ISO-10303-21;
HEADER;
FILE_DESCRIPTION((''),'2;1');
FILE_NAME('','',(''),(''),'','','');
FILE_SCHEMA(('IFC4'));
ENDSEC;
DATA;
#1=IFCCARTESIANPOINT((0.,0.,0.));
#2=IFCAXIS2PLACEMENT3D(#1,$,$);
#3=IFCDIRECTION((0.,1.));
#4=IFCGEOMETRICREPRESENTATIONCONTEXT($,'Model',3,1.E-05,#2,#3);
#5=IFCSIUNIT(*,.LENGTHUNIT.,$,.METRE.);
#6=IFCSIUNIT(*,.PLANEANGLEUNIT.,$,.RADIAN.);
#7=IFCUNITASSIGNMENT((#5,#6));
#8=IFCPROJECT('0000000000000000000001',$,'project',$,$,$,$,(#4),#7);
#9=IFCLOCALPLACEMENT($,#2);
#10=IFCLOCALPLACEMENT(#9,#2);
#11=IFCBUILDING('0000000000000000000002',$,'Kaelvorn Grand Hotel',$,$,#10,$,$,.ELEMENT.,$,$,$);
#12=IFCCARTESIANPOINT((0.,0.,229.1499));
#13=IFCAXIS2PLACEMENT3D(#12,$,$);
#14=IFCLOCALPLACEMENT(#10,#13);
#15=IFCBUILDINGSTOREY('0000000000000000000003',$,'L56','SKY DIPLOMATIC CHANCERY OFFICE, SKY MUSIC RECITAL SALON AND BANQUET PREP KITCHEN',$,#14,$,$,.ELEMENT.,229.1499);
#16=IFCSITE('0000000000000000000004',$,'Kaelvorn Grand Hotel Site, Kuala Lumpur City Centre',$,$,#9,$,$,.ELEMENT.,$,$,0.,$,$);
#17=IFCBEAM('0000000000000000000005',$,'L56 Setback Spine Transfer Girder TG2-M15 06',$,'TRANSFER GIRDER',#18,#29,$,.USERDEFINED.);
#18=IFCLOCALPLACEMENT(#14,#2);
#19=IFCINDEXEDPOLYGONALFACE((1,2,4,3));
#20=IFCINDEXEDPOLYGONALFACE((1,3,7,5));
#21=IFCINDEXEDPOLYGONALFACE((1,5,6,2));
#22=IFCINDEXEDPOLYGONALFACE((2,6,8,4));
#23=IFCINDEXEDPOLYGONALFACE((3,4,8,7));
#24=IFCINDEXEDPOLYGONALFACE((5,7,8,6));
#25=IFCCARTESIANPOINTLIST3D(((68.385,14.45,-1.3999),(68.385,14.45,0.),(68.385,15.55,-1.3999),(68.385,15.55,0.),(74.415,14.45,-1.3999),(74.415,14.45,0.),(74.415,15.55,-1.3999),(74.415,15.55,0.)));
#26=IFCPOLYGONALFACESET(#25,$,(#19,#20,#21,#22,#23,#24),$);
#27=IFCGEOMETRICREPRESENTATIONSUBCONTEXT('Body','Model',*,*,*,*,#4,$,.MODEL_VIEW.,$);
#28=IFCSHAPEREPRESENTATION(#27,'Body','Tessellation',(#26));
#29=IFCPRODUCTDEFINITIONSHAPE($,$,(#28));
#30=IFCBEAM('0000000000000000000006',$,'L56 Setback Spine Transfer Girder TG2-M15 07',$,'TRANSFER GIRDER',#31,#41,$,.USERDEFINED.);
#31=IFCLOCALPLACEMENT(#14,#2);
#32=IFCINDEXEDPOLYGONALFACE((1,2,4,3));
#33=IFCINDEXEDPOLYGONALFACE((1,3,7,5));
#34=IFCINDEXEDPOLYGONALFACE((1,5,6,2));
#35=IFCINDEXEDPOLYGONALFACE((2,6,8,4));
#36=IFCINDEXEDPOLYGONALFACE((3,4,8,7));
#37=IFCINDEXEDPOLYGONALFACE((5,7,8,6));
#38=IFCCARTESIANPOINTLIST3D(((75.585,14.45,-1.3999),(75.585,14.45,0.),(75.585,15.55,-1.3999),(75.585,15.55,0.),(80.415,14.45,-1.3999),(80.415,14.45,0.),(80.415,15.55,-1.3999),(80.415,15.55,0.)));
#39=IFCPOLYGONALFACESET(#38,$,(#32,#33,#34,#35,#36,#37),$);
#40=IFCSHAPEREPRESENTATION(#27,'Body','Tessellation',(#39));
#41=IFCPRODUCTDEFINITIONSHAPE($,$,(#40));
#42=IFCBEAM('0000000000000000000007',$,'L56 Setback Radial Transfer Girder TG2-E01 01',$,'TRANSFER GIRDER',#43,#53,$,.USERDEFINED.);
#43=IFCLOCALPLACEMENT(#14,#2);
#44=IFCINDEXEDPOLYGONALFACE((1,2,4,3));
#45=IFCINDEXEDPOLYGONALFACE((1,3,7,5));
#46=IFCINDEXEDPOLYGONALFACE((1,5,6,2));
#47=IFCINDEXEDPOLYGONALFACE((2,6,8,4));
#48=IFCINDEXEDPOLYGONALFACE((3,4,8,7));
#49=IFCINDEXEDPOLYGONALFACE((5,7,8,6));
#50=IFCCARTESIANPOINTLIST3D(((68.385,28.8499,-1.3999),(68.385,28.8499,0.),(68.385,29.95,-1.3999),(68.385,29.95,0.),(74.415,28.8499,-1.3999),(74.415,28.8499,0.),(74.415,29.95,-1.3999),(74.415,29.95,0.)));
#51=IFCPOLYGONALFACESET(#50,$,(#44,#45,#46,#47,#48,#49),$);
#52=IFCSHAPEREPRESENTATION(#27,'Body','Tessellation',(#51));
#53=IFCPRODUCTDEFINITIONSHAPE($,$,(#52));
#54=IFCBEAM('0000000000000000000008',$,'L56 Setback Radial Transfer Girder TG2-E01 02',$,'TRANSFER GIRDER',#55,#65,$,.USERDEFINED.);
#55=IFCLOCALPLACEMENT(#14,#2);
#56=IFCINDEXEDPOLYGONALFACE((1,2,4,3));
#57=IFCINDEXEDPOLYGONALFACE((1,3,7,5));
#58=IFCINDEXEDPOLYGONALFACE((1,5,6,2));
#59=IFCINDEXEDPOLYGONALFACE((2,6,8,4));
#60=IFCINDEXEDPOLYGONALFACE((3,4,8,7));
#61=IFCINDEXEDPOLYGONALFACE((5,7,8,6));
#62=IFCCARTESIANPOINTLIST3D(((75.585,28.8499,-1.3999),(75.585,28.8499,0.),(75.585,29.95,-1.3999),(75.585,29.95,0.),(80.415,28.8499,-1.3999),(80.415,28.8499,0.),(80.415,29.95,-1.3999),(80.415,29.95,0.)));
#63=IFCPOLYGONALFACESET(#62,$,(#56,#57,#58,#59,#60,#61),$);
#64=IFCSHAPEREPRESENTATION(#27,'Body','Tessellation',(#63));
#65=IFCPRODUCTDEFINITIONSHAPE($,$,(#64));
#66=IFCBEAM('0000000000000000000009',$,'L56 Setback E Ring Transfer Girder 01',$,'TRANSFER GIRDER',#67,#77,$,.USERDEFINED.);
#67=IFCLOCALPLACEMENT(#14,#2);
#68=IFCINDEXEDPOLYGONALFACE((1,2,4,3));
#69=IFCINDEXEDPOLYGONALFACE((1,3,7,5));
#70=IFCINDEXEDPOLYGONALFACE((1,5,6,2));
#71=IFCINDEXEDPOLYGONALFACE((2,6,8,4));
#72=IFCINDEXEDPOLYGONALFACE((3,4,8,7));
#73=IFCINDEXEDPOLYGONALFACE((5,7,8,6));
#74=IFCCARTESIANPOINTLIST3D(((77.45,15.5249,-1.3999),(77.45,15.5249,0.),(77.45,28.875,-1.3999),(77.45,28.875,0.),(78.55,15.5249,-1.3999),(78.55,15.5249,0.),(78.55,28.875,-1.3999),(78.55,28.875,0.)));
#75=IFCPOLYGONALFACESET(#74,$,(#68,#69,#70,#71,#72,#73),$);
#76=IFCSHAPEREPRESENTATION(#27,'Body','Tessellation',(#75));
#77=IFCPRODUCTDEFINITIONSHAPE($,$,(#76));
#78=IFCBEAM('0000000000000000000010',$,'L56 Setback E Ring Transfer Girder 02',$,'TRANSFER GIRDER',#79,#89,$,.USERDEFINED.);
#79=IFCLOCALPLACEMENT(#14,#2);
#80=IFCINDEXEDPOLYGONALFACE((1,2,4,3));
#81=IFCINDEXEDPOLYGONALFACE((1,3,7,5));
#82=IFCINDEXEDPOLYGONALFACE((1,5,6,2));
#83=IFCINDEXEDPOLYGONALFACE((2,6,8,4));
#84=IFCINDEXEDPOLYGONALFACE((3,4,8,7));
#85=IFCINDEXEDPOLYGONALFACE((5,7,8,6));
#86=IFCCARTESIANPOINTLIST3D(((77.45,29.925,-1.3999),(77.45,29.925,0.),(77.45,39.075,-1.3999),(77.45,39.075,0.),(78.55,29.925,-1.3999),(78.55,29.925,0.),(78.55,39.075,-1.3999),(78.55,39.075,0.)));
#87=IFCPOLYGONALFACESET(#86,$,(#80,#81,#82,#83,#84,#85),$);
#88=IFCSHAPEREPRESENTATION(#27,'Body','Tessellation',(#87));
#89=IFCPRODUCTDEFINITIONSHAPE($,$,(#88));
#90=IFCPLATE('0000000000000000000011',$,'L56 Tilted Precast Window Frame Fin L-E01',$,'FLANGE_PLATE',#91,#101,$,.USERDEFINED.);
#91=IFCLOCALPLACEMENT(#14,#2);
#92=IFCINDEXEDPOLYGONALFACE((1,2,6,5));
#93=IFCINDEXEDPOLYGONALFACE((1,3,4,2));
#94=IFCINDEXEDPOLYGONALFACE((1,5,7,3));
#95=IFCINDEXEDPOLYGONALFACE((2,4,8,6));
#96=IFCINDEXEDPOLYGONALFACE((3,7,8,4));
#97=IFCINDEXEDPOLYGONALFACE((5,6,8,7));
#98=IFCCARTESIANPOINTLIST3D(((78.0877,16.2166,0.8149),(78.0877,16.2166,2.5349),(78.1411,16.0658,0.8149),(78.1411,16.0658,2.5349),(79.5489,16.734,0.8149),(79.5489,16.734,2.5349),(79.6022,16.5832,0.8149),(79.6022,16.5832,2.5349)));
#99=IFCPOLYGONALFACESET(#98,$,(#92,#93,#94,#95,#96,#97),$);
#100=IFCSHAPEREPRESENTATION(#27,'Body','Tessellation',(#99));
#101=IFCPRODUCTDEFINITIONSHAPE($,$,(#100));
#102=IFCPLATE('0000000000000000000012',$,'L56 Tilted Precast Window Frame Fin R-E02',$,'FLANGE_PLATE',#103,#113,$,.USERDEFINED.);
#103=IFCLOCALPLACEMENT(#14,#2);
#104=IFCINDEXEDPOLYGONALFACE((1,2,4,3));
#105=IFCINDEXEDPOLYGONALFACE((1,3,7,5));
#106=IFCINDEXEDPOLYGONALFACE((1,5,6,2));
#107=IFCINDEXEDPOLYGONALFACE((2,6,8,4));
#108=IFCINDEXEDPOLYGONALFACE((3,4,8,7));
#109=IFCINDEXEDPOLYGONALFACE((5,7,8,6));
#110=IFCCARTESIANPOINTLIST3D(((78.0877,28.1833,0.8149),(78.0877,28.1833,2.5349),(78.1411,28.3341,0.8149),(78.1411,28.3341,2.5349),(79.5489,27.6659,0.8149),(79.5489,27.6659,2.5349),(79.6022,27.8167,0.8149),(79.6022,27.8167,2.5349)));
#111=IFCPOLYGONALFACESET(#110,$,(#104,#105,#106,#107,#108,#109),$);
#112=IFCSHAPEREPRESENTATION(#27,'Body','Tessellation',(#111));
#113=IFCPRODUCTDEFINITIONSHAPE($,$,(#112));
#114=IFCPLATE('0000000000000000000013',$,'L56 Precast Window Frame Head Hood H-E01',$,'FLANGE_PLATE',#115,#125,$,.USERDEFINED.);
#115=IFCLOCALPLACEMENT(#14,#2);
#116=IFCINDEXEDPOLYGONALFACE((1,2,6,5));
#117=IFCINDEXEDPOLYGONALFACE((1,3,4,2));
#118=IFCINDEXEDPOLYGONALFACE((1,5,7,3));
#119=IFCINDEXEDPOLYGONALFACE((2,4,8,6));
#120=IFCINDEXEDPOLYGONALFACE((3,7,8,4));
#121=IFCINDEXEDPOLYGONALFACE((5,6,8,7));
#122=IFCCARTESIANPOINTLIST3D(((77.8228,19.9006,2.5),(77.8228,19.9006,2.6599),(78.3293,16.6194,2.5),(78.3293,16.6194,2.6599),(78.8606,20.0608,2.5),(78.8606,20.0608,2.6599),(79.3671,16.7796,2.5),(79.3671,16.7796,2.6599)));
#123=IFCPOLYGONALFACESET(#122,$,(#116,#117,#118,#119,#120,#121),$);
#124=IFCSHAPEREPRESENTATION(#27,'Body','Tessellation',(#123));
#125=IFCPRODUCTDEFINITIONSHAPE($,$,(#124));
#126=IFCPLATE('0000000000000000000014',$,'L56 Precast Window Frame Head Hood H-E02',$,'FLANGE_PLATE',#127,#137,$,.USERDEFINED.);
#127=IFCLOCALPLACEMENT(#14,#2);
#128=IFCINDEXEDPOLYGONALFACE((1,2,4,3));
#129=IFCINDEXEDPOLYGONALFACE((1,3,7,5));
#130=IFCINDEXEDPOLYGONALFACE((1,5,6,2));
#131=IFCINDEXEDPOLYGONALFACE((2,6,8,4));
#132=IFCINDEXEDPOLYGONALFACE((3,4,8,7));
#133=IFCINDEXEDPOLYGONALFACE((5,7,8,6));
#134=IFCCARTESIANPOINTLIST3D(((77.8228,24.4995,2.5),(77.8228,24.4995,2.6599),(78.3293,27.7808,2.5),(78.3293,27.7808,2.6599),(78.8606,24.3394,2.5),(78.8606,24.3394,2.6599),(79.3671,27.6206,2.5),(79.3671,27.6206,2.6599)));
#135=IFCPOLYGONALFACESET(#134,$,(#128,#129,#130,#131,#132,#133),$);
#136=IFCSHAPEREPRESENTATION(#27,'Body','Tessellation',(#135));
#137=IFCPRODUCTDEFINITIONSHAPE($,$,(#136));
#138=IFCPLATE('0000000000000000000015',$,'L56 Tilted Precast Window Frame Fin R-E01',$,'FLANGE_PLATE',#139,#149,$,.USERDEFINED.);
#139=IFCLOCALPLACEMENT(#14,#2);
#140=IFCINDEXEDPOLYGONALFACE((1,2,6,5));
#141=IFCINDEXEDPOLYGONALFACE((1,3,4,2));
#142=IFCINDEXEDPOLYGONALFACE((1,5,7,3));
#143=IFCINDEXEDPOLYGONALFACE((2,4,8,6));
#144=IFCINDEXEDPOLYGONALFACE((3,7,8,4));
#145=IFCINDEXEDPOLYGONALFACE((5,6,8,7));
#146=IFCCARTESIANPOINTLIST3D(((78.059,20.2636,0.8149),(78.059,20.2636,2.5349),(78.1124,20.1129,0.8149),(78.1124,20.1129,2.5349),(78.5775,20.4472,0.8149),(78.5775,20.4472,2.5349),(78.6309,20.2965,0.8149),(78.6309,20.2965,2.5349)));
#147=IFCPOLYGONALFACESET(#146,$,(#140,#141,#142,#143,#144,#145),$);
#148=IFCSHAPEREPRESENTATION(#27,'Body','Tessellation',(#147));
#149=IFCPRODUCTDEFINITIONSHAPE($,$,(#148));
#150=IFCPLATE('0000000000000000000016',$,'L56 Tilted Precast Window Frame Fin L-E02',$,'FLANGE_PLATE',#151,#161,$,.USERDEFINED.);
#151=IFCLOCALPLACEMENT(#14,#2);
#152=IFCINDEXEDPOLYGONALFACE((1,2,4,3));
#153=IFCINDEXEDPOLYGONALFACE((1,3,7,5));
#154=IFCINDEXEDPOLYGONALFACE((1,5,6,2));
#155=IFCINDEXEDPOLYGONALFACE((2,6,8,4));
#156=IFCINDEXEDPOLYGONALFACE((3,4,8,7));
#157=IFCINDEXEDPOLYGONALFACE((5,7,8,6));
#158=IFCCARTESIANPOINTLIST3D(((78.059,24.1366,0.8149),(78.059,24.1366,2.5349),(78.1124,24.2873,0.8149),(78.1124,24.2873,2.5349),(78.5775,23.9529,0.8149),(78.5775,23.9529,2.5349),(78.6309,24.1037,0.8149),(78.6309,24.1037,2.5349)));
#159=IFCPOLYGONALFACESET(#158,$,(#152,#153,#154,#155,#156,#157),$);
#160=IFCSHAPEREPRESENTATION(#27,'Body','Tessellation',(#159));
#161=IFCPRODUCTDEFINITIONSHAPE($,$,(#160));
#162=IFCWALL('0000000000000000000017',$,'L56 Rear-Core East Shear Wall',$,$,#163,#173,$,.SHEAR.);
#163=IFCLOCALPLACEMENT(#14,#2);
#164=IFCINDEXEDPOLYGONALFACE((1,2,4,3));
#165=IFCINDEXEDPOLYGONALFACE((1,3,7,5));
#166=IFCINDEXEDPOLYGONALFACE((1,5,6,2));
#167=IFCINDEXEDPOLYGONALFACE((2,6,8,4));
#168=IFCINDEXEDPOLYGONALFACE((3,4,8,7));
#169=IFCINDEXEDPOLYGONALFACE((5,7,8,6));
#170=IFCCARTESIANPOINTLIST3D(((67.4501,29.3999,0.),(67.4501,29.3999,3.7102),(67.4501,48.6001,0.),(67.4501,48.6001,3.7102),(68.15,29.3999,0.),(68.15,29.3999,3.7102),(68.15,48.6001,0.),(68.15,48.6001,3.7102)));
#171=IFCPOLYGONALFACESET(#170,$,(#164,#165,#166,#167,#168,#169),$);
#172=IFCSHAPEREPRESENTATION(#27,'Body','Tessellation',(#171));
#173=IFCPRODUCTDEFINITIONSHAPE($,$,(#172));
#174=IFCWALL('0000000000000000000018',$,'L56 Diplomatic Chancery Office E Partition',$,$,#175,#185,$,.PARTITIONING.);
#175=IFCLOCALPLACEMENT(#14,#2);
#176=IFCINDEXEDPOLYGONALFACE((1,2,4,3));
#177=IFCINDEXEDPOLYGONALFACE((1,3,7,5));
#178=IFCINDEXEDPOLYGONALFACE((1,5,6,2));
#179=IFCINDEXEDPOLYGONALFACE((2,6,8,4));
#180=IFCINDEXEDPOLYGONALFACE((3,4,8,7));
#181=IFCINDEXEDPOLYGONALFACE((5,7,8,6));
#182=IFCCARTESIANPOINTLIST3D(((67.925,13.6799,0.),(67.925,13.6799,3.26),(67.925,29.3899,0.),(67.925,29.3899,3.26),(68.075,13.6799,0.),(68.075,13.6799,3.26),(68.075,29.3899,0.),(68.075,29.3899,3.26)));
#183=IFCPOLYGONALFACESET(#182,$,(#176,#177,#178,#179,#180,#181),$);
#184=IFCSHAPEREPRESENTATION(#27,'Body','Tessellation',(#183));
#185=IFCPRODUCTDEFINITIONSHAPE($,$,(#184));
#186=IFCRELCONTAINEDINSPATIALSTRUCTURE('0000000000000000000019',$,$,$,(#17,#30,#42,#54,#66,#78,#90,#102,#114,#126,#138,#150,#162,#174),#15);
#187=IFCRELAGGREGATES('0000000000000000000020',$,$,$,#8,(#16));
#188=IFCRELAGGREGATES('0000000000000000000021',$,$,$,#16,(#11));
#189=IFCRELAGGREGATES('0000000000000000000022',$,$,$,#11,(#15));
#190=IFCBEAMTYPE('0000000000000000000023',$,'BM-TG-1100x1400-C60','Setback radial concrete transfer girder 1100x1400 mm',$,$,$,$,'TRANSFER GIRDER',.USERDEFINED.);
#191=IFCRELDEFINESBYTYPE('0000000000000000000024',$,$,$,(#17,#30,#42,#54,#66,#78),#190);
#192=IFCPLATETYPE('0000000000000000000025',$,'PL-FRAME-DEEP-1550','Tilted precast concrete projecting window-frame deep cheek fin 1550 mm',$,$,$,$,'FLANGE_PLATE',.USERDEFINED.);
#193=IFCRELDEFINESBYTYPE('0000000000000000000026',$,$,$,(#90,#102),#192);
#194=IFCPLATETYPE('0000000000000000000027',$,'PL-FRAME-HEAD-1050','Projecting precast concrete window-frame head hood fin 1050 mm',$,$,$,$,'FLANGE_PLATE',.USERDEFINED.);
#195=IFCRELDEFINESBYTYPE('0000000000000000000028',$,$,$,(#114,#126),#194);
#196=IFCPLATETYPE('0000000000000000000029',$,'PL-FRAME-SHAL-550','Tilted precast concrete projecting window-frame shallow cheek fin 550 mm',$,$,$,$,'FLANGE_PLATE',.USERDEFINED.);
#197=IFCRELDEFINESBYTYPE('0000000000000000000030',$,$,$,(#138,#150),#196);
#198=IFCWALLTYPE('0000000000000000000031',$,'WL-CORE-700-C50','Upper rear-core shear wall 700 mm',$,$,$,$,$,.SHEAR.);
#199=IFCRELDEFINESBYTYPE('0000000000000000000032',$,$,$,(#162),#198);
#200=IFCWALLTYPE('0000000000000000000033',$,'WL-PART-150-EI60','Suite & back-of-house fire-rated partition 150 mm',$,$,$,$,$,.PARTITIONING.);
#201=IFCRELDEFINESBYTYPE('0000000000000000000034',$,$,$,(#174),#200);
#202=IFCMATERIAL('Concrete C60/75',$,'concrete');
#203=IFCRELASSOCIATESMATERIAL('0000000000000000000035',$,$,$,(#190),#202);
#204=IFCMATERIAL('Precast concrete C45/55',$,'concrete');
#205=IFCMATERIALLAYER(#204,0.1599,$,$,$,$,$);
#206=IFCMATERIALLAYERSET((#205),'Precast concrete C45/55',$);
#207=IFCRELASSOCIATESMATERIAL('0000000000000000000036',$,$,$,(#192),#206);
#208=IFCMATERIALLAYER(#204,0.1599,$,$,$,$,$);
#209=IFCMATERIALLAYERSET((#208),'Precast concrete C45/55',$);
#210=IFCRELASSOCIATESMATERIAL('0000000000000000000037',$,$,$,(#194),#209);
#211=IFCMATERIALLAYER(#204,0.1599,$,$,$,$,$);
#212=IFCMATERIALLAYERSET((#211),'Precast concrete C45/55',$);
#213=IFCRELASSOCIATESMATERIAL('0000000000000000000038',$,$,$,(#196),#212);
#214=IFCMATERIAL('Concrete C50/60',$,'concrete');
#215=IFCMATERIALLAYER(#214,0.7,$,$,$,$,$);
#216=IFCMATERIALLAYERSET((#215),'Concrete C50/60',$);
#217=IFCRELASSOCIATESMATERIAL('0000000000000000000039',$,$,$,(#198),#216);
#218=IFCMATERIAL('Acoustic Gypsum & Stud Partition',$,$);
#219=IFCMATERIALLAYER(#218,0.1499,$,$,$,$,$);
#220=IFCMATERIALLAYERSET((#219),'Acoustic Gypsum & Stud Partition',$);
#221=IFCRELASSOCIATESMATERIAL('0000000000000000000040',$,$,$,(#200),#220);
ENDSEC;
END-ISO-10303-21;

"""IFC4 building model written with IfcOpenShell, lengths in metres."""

from ifc_helpers import new_model, si_unit, direction, frame, frame_2d, origin, origin_2d, place, context, subcontext, project, spatial, rectangle, extrude, material, layer, layer_set, material_profile, profile_set, type_object, element, save


model = new_model("IFC4")

# Units and contexts
model_context = context("Model", 3, precision=1e-05, world=origin(), true_north=direction((0.0, 1.0)))
body_context = subcontext(model_context, "Body", "Model", "MODEL_VIEW")
ifc_project = project(units=[si_unit("LENGTHUNIT", "METRE"), si_unit("PLANEANGLEUNIT", "RADIAN")], contexts=[model_context])

# Site, building, storey
site_placement = place(None, origin())
site = spatial("IfcSite", under=ifc_project, at=site_placement, Name="Kaelvorn Grand Hotel Site, Kuala Lumpur City Centre", CompositionType="ELEMENT", RefElevation=0.0)
building_placement = place(site_placement, origin())
building = spatial("IfcBuilding", under=site, at=building_placement, Name="Kaelvorn Grand Hotel", CompositionType="ELEMENT")
storey_placement = place(building_placement, frame((0.0, 0.0, 229.1499)))
storey = spatial("IfcBuildingStorey", under=building, at=storey_placement, Name="L56", Description="SKY DIPLOMATIC CHANCERY OFFICE, SKY MUSIC RECITAL SALON AND BANQUET PREP KITCHEN", CompositionType="ELEMENT", Elevation=229.1499)

# Shared definitions
ifc_material_1 = material(Name="Concrete C50/60", Category="concrete")

# Beams
ifc_material_2 = material(Name="Concrete C60/75", Category="concrete")
ifc_material_profile_1 = material_profile(ifc_material_2, rectangle(XDim=1.1001, YDim=1.3999, at=origin_2d()), Name="RC TG 1100x1400")
ifc_profile_set_1 = profile_set([ifc_material_profile_1], Name="Concrete C60/75")
beam_type_1 = type_object("IfcBeamType", Name="BM-TG-1100x1400-C60", Description="Setback radial concrete transfer girder 1100x1400 mm", ElementType="TRANSFER GIRDER", PredefinedType="USERDEFINED", material=ifc_profile_set_1)
beam_1_placement = place(storey_placement, frame((68.385, 15.0, -0.7), z_axis=(1.0, 0.0, 0.0), x_axis=(0.0, 1.0, 0.0)))
element("IfcBeam", 1, at=beam_1_placement, inside=storey, type_object=beam_type_1, Name="L56 Setback Spine Transfer Girder TG2-M15 06", ObjectType="TRANSFER GIRDER", PredefinedType="USERDEFINED", context=body_context, shape_type="SweptSolid", body=[
    extrude(rectangle(XDim=1.1001, YDim=1.3999, at=origin_2d()), origin(), (0.0, 0.0, 1.0), 6.03),
])
beam_2_placement = place(storey_placement, frame((75.585, 15.0, -0.7), z_axis=(1.0, 0.0, 0.0), x_axis=(0.0, 1.0, 0.0)))
element("IfcBeam", 2, at=beam_2_placement, inside=storey, type_object=beam_type_1, Name="L56 Setback Spine Transfer Girder TG2-M15 07", ObjectType="TRANSFER GIRDER", PredefinedType="USERDEFINED", context=body_context, shape_type="SweptSolid", body=[
    extrude(rectangle(XDim=1.1001, YDim=1.3999, at=origin_2d()), origin(), (0.0, 0.0, 1.0), 4.8301),
])
beam_3_placement = place(storey_placement, frame((68.385, 29.3999, -0.7), z_axis=(1.0, 0.0, 0.0), x_axis=(0.0, 1.0, 0.0)))
element("IfcBeam", 3, at=beam_3_placement, inside=storey, type_object=beam_type_1, Name="L56 Setback Radial Transfer Girder TG2-E01 01", ObjectType="TRANSFER GIRDER", PredefinedType="USERDEFINED", context=body_context, shape_type="SweptSolid", body=[
    extrude(rectangle(XDim=1.1001, YDim=1.3999, at=origin_2d()), origin(), (0.0, 0.0, 1.0), 6.03),
])
beam_4_placement = place(storey_placement, frame((75.585, 29.3999, -0.7), z_axis=(1.0, 0.0, 0.0), x_axis=(0.0, 1.0, 0.0)))
element("IfcBeam", 4, at=beam_4_placement, inside=storey, type_object=beam_type_1, Name="L56 Setback Radial Transfer Girder TG2-E01 02", ObjectType="TRANSFER GIRDER", PredefinedType="USERDEFINED", context=body_context, shape_type="SweptSolid", body=[
    extrude(rectangle(XDim=1.1001, YDim=1.3999, at=origin_2d()), origin(), (0.0, 0.0, 1.0), 4.8301),
])
beam_5_placement = place(storey_placement, frame((78.0, 15.5249, -0.7), z_axis=(0.0, 1.0, 0.0), x_axis=(-1.0, 0.0, 0.0)))
element("IfcBeam", 5, at=beam_5_placement, inside=storey, type_object=beam_type_1, Name="L56 Setback E Ring Transfer Girder 01", ObjectType="TRANSFER GIRDER", PredefinedType="USERDEFINED", context=body_context, shape_type="SweptSolid", body=[
    extrude(rectangle(XDim=1.1001, YDim=1.3999, at=origin_2d()), origin(), (0.0, 0.0, 1.0), 13.3501),
])
beam_6_placement = place(storey_placement, frame((78.0, 29.925, -0.7), z_axis=(0.0, 1.0, 0.0), x_axis=(-1.0, 0.0, 0.0)))
element("IfcBeam", 6, at=beam_6_placement, inside=storey, type_object=beam_type_1, Name="L56 Setback E Ring Transfer Girder 02", ObjectType="TRANSFER GIRDER", PredefinedType="USERDEFINED", context=body_context, shape_type="SweptSolid", body=[
    extrude(rectangle(XDim=1.1001, YDim=1.3999, at=origin_2d()), origin(), (0.0, 0.0, 1.0), 9.1499),
])

# Plates
ifc_material_3 = material(Name="Precast concrete C45/55", Category="concrete")
ifc_layer_1 = layer(ifc_material_3, 0.1599)
ifc_layer_set_1 = layer_set([ifc_layer_1], Name="Precast concrete C45/55")
plate_type_1 = type_object("IfcPlateType", Name="PL-FRAME-DEEP-1550", Description="Tilted precast concrete projecting window-frame deep cheek fin 1550 mm", ElementType="FLANGE_PLATE", PredefinedType="USERDEFINED", material=ifc_layer_set_1)
for number, where, z_axis, x_axis, name in (
    (7, (78.845, 16.3999, 0.8149), (0.0, 0.0, 1.0), (-0.333807, 0.942641, 0.0), "L56 Tilted Precast Window Frame Fin L-E01"),
    (8, (78.845, 28.0, 0.8149), (0.0, 0.0, 1.0), (0.333807, 0.942641, 0.0), "L56 Tilted Precast Window Frame Fin R-E02"),
):
    element("IfcPlate", number, at=place(storey_placement, frame(where, z_axis=z_axis, x_axis=x_axis)), inside=storey, type_object=plate_type_1, Name=name, ObjectType="FLANGE_PLATE", PredefinedType="USERDEFINED", context=body_context, shape_type="SweptSolid", body=[
        extrude(rectangle(XDim=0.1599, YDim=1.55, at=origin_2d()), origin(), (0.0, 0.0, 1.0), 1.72),
    ])
ifc_layer_2 = layer(ifc_material_3, 0.1599)
ifc_layer_set_2 = layer_set([ifc_layer_2], Name="Precast concrete C45/55")
plate_type_2 = type_object("IfcPlateType", Name="PL-FRAME-HEAD-1050", Description="Projecting precast concrete window-frame head hood fin 1050 mm", ElementType="FLANGE_PLATE", PredefinedType="USERDEFINED", material=ifc_layer_set_2)
for number, where, z_axis, x_axis, name in (
    (9, (78.595, 18.3401, 2.5), (0.0, 0.0, 1.0), (-0.152555, 0.988295, 0.0), "L56 Precast Window Frame Head Hood H-E01"),
    (10, (78.595, 26.0601, 2.5), (0.0, 0.0, 1.0), (0.152555, 0.988295, 0.0), "L56 Precast Window Frame Head Hood H-E02"),
):
    element("IfcPlate", number, at=place(storey_placement, frame(where, z_axis=z_axis, x_axis=x_axis)), inside=storey, type_object=plate_type_2, Name=name, ObjectType="FLANGE_PLATE", PredefinedType="USERDEFINED", context=body_context, shape_type="SweptSolid", body=[
        extrude(rectangle(XDim=3.3201, YDim=1.05, at=origin_2d()), origin(), (0.0, 0.0, 1.0), 0.1599),
    ])
ifc_layer_3 = layer(ifc_material_3, 0.1599)
ifc_layer_set_3 = layer_set([ifc_layer_3], Name="Precast concrete C45/55")
plate_type_3 = type_object("IfcPlateType", Name="PL-FRAME-SHAL-550", Description="Tilted precast concrete projecting window-frame shallow cheek fin 550 mm", ElementType="FLANGE_PLATE", PredefinedType="USERDEFINED", material=ifc_layer_set_3)
for number, where, z_axis, x_axis, name in (
    (11, (78.345, 20.28, 0.8149), (0.0, 0.0, 1.0), (-0.333807, 0.942641, 0.0), "L56 Tilted Precast Window Frame Fin R-E01"),
    (12, (78.345, 24.1201, 0.8149), (0.0, 0.0, 1.0), (0.333807, 0.942641, 0.0), "L56 Tilted Precast Window Frame Fin L-E02"),
):
    element("IfcPlate", number, at=place(storey_placement, frame(where, z_axis=z_axis, x_axis=x_axis)), inside=storey, type_object=plate_type_3, Name=name, ObjectType="FLANGE_PLATE", PredefinedType="USERDEFINED", context=body_context, shape_type="SweptSolid", body=[
        extrude(rectangle(XDim=0.1599, YDim=0.55, at=origin_2d()), origin(), (0.0, 0.0, 1.0), 1.72),
    ])

# Walls
ifc_layer_4 = layer(ifc_material_1, 0.7)
ifc_layer_set_4 = layer_set([ifc_layer_4], Name="Concrete C50/60")
wall_type_1 = type_object("IfcWallType", Name="WL-CORE-700-C50", Description="Upper rear-core shear wall 700 mm", PredefinedType="SHEAR", material=ifc_layer_set_4)
wall_1_placement = place(storey_placement, frame((67.8, 29.3999, 0.0), z_axis=(0.0, 0.0, 1.0), x_axis=(0.0, 1.0, 0.0)))
element("IfcWall", 13, at=wall_1_placement, inside=storey, type_object=wall_type_1, Name="L56 Rear-Core East Shear Wall", PredefinedType="SHEAR", context=body_context, shape_type="SweptSolid", body=[
    extrude(rectangle(XDim=19.2002, YDim=0.7, at=frame_2d((9.6001, 0.0))), origin(), (0.0, 0.0, 1.0), 3.7102),
])
ifc_material_4 = material(Name="Acoustic Gypsum & Stud Partition")
ifc_layer_5 = layer(ifc_material_4, 0.1499)
ifc_layer_set_5 = layer_set([ifc_layer_5], Name="Acoustic Gypsum & Stud Partition")
wall_type_2 = type_object("IfcWallType", Name="WL-PART-150-EI60", Description="Suite & back-of-house fire-rated partition 150 mm", PredefinedType="PARTITIONING", material=ifc_layer_set_5)
wall_2_placement = place(storey_placement, frame((68.0, 13.6799, 0.0), z_axis=(0.0, 0.0, 1.0), x_axis=(0.0, 1.0, 0.0)))
element("IfcWall", 14, at=wall_2_placement, inside=storey, type_object=wall_type_2, Name="L56 Diplomatic Chancery Office E Partition", PredefinedType="PARTITIONING", context=body_context, shape_type="SweptSolid", body=[
    extrude(rectangle(XDim=15.71, YDim=0.1499, at=frame_2d((7.855, 0.0))), origin(), (0.0, 0.0, 1.0), 3.26),
])

save(model, "model.ifc")
